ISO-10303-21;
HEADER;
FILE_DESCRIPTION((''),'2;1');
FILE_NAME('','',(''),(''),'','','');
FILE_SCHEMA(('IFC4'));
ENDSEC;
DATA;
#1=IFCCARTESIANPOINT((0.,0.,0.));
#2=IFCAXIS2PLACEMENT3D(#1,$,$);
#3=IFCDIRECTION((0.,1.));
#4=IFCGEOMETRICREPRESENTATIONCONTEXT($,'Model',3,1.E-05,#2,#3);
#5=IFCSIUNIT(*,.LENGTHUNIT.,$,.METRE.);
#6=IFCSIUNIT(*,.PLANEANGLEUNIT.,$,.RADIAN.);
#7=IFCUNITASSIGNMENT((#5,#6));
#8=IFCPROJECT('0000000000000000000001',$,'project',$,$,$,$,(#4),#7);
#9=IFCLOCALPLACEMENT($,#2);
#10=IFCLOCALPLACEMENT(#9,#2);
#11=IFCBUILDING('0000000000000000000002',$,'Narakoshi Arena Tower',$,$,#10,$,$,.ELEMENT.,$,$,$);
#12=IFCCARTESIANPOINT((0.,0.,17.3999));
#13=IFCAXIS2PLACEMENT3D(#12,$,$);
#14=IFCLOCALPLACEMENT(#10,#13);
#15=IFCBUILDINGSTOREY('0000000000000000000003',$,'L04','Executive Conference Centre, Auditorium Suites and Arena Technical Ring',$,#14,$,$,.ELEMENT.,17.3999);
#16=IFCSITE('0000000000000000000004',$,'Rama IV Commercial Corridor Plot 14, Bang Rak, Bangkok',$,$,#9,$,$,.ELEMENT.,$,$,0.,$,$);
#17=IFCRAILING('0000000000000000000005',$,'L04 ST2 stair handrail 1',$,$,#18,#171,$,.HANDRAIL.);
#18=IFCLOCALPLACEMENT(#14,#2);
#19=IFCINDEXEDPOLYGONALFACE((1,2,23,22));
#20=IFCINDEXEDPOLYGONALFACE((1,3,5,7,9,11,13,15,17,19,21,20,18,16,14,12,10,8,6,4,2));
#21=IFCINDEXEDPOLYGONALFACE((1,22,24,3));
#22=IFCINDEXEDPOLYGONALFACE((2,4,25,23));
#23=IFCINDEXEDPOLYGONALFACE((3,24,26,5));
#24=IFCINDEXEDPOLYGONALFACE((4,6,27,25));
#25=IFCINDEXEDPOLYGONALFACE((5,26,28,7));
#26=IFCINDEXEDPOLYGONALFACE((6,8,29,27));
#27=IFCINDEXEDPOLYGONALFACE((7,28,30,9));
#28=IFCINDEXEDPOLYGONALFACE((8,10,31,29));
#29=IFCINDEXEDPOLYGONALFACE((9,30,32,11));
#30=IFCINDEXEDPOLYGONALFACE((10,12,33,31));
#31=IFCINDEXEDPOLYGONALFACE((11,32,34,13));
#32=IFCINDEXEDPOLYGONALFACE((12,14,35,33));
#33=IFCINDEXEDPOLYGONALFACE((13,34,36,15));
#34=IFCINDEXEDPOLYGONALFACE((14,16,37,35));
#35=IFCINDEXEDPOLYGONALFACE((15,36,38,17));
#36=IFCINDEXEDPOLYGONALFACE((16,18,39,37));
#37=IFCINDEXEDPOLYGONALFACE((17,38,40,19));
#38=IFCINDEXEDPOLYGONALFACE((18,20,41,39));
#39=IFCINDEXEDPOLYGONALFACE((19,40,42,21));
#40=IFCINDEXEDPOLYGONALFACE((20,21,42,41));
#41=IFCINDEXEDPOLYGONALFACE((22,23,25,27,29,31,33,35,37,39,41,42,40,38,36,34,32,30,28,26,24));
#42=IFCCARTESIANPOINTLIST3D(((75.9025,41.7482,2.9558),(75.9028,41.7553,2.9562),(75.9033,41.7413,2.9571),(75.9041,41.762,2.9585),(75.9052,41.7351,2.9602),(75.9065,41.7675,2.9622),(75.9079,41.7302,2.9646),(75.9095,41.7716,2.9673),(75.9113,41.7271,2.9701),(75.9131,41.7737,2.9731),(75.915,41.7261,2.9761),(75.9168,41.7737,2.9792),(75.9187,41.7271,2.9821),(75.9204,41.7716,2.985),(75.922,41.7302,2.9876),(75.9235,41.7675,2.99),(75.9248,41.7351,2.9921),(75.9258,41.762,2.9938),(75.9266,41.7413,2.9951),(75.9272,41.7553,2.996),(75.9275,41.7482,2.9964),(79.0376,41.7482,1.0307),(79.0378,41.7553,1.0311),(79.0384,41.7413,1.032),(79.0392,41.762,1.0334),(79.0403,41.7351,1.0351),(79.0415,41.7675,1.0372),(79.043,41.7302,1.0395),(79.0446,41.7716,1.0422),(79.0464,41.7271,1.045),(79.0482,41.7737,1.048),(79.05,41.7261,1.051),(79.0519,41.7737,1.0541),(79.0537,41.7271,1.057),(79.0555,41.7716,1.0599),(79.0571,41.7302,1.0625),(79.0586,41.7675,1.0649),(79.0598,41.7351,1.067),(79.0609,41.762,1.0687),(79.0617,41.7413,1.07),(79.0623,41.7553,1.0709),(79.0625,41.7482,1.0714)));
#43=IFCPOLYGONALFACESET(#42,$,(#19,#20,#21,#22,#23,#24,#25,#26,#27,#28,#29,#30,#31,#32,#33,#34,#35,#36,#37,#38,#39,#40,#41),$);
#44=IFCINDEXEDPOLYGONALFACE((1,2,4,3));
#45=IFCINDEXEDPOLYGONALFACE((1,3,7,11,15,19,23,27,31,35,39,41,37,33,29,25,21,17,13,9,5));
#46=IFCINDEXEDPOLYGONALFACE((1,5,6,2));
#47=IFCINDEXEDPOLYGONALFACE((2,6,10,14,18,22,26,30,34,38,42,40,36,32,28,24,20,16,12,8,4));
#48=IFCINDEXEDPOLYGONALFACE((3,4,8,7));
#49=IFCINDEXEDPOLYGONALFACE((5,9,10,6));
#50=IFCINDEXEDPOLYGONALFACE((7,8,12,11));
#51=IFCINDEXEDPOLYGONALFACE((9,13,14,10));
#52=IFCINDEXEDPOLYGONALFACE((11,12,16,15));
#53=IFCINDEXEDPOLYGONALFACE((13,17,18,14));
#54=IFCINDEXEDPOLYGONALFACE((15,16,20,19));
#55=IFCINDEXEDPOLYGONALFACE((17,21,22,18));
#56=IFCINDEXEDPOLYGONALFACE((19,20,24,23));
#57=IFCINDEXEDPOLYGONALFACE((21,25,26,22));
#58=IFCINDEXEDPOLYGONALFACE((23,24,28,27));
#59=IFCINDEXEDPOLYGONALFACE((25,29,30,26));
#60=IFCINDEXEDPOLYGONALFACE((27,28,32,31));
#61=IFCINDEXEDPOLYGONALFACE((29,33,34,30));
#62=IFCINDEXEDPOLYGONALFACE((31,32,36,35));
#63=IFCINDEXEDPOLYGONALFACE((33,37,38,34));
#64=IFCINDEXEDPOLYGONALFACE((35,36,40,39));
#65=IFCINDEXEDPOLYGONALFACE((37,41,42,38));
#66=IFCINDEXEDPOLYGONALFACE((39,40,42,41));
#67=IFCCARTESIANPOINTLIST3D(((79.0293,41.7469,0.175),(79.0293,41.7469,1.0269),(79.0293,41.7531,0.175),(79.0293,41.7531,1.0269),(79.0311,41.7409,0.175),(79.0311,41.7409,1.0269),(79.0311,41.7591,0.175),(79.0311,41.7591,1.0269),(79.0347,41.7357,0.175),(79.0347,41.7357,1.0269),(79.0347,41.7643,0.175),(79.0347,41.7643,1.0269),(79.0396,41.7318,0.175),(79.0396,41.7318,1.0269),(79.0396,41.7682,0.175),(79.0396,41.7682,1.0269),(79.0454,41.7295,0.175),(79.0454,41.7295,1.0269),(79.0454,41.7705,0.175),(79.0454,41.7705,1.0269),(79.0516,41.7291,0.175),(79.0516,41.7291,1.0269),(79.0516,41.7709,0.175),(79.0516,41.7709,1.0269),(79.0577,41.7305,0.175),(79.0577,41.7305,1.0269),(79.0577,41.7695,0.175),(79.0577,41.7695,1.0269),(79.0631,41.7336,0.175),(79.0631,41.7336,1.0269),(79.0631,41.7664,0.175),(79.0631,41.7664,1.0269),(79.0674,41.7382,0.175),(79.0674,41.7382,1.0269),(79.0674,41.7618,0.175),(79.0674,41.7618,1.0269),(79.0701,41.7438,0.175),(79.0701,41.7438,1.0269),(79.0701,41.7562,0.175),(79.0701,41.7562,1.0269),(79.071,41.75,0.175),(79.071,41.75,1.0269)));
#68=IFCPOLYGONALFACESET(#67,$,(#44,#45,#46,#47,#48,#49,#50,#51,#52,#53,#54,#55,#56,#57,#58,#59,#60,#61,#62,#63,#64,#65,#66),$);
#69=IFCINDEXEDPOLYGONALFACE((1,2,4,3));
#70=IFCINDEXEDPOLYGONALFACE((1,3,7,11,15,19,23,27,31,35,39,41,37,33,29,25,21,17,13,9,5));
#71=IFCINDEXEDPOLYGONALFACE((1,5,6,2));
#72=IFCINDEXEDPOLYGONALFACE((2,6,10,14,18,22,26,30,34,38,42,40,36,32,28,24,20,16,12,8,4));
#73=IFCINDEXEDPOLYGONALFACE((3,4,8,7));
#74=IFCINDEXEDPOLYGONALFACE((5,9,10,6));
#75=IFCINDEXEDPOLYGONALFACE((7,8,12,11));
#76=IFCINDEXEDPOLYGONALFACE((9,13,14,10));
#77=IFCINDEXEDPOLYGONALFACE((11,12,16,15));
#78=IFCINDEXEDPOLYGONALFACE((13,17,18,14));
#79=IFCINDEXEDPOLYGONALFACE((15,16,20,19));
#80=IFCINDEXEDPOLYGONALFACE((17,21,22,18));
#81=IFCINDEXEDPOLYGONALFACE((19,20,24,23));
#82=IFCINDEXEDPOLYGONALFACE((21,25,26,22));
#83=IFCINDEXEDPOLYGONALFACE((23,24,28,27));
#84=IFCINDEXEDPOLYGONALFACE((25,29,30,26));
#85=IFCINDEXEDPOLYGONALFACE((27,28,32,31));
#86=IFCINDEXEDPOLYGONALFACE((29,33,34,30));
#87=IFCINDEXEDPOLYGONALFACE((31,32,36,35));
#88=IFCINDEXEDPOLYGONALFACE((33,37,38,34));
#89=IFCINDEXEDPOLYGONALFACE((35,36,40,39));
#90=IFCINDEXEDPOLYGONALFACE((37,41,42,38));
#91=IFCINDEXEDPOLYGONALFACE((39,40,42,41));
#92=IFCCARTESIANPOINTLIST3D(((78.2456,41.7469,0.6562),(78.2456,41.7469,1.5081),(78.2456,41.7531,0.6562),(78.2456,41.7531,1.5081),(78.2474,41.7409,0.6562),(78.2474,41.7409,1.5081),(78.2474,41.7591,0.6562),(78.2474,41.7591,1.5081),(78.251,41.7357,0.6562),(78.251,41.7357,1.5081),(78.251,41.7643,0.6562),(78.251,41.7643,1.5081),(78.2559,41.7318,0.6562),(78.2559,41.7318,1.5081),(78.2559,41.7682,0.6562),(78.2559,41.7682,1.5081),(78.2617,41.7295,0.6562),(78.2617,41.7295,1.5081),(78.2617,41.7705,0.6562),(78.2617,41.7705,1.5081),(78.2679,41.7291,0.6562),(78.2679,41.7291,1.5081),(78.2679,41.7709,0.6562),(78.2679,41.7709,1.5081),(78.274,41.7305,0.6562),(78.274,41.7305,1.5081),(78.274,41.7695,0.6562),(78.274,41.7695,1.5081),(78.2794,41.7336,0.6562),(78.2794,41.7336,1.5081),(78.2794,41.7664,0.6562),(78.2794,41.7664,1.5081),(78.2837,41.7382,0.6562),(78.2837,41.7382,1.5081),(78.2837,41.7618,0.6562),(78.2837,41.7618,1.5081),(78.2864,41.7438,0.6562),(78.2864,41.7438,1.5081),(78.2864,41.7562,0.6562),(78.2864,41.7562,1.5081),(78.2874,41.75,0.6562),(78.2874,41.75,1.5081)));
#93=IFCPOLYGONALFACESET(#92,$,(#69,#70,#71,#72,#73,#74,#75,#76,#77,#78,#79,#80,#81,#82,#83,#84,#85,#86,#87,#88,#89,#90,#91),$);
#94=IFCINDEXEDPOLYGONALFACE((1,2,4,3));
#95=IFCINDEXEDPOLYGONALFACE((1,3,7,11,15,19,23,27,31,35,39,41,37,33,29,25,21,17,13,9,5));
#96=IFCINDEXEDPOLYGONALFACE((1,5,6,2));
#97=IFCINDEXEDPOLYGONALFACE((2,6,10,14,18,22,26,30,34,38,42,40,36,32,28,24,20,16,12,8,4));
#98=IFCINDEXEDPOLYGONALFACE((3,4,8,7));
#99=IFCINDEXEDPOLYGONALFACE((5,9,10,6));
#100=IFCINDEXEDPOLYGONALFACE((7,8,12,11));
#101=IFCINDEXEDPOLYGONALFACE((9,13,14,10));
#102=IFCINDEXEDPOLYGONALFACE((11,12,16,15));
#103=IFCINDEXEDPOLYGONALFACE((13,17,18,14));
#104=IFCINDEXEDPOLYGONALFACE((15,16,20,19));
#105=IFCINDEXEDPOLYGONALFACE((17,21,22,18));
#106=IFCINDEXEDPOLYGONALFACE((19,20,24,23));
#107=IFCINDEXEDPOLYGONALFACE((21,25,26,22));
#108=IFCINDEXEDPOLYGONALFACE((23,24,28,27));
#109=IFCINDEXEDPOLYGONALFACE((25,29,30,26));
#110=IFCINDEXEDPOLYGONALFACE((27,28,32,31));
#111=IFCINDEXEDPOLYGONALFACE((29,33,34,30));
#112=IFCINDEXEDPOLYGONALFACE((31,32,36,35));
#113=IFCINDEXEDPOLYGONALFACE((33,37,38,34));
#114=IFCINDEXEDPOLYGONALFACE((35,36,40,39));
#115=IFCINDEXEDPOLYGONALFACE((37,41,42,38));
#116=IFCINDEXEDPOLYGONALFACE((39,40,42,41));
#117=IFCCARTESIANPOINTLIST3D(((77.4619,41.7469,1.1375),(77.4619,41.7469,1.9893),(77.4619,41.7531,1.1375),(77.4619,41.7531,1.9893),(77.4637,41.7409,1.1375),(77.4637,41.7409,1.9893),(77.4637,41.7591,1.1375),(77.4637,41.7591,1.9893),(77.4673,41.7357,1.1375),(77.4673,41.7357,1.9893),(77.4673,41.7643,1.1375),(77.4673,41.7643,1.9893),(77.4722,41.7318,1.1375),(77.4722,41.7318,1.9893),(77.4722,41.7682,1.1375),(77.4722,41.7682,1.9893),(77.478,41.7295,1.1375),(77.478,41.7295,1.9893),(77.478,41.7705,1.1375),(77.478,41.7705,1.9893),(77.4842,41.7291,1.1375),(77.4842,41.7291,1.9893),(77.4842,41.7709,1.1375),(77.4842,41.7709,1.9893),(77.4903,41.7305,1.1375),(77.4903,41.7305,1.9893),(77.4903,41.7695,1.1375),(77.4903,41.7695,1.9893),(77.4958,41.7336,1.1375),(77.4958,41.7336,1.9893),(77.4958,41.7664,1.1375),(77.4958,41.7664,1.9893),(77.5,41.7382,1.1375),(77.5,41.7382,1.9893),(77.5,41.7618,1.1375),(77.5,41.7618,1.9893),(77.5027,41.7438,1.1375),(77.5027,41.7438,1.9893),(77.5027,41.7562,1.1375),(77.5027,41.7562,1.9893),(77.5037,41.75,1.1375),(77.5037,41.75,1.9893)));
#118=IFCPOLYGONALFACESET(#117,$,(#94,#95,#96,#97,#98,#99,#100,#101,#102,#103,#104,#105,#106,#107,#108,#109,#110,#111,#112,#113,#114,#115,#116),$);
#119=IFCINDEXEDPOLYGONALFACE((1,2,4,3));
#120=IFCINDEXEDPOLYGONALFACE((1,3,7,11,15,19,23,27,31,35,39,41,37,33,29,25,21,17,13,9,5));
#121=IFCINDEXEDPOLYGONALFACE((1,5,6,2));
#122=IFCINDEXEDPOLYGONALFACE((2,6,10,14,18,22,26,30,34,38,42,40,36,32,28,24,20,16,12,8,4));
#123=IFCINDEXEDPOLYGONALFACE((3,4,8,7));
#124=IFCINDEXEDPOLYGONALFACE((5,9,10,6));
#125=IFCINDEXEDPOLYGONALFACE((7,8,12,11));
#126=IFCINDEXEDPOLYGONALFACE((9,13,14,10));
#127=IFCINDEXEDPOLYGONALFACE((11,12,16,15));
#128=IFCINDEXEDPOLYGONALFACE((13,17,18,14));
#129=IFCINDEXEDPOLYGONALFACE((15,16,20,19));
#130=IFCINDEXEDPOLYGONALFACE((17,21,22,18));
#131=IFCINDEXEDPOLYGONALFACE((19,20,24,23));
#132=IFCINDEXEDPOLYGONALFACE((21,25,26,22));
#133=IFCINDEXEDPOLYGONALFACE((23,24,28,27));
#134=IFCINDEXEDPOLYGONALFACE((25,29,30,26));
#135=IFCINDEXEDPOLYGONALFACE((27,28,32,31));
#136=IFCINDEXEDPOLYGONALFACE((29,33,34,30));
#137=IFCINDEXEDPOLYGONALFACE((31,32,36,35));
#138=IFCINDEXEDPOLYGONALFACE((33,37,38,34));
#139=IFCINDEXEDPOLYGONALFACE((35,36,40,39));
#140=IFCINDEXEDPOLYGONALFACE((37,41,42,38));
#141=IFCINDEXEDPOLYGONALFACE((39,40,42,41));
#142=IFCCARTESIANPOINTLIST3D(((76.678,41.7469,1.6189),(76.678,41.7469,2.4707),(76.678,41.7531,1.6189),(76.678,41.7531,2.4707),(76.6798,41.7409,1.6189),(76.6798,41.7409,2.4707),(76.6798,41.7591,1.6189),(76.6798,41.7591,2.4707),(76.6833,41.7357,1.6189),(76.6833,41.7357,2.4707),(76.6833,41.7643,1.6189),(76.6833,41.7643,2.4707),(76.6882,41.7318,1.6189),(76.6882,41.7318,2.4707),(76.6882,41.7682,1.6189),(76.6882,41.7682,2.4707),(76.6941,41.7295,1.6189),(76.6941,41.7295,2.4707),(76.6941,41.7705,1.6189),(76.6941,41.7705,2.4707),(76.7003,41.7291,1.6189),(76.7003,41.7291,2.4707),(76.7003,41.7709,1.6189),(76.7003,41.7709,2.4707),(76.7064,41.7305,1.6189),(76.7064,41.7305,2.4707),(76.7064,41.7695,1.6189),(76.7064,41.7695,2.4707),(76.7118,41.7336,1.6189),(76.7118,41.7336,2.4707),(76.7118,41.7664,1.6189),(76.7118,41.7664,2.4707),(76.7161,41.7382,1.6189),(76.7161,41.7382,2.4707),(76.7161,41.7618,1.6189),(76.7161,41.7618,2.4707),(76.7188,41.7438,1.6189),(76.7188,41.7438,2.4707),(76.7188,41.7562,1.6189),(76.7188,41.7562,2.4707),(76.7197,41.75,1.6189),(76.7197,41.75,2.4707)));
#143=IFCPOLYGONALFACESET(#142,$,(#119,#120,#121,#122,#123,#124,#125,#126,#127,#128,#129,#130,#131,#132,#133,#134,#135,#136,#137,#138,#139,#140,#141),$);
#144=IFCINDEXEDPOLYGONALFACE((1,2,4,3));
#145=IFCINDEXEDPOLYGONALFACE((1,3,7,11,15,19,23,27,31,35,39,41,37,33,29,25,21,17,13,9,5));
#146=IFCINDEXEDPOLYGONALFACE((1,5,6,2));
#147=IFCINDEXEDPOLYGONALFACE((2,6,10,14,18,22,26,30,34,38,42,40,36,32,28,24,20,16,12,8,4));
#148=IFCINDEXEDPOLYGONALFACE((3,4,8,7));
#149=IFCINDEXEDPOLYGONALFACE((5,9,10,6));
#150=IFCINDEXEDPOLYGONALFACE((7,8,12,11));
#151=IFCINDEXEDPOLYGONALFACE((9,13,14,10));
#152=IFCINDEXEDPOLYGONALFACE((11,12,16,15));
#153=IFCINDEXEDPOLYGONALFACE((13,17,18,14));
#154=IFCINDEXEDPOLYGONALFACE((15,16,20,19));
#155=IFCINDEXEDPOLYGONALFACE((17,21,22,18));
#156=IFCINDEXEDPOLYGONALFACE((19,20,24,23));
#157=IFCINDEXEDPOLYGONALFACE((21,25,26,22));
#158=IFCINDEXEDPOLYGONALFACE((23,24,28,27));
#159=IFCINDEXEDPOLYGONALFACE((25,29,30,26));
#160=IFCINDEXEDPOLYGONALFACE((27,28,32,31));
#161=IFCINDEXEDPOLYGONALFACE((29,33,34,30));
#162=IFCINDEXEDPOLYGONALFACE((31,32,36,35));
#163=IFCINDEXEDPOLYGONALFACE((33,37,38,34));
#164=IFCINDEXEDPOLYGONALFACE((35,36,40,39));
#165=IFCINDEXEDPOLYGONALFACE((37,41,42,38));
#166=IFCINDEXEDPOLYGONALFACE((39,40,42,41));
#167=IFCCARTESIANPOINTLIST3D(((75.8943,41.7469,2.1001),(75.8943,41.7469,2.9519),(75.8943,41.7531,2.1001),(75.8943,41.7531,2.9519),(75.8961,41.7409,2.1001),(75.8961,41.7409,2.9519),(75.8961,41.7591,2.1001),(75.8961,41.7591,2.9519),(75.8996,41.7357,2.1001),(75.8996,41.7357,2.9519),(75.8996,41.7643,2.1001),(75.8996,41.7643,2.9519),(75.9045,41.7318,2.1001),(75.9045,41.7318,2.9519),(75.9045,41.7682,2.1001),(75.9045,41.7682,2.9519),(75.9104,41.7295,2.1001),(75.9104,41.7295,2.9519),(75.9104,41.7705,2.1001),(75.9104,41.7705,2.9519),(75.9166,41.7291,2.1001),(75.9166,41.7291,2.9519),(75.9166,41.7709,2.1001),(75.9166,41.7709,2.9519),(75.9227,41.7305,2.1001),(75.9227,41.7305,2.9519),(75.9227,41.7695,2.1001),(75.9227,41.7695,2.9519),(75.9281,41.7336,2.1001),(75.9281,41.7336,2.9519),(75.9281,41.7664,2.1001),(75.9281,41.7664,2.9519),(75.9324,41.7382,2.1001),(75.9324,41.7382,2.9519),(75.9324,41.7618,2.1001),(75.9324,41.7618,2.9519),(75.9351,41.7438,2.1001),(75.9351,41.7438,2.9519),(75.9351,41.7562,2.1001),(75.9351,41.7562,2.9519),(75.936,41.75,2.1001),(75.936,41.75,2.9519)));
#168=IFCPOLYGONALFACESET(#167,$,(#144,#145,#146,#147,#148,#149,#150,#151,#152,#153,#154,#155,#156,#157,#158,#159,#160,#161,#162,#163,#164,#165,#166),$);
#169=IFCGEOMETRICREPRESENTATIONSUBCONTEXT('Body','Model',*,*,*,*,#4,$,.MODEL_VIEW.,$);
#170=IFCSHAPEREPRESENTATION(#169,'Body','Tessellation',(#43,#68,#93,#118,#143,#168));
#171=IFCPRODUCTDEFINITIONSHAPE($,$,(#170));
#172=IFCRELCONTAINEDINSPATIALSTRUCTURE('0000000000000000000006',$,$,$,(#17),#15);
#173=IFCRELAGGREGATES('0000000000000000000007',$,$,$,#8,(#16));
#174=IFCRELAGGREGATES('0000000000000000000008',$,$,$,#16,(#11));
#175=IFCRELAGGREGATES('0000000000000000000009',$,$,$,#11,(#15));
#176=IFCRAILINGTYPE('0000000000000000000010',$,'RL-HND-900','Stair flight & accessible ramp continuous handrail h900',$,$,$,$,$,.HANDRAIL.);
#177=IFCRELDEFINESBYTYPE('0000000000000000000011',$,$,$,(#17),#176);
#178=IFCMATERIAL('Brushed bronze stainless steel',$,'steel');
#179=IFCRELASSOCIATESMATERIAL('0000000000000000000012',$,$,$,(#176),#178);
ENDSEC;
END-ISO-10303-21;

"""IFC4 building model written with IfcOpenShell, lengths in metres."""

from ifc_helpers import new_model, si_unit, direction, frame, origin, origin_2d, place, context, subcontext, project, spatial, circle, extrude, material, type_object, element, save


model = new_model("IFC4")

# Units and contexts
model_context = context("Model", 3, precision=1e-05, world=origin(), true_north=direction((0.0, 1.0)))
body_context = subcontext(model_context, "Body", "Model", "MODEL_VIEW")
ifc_project = project(units=[si_unit("LENGTHUNIT", "METRE"), si_unit("PLANEANGLEUNIT", "RADIAN")], contexts=[model_context])

# Site, building, storey
site_placement = place(None, origin())
site = spatial("IfcSite", under=ifc_project, at=site_placement, Name="Rama IV Commercial Corridor Plot 14, Bang Rak, Bangkok", CompositionType="ELEMENT", RefElevation=0.0)
building_placement = place(site_placement, origin())
building = spatial("IfcBuilding", under=site, at=building_placement, Name="Narakoshi Arena Tower", CompositionType="ELEMENT")
storey_placement = place(building_placement, frame((0.0, 0.0, 17.3999)))
storey = spatial("IfcBuildingStorey", under=building, at=storey_placement, Name="L04", Description="Executive Conference Centre, Auditorium Suites and Arena Technical Ring", CompositionType="ELEMENT", Elevation=17.3999)

# Shared definitions
ifc_material_1 = material(Name="Brushed bronze stainless steel", Category="steel")

# Railing
railing_type_1 = type_object("IfcRailingType", Name="RL-HND-900", Description="Stair flight & accessible ramp continuous handrail h900", PredefinedType="HANDRAIL", material=ifc_material_1)
for number, where, name in (
    (1, (79.05, 41.75, 0.175), "L04 ST2 stair handrail 1"),
):
    element("IfcRailing", number, at=place(storey_placement, frame(where)), inside=storey, type_object=railing_type_1, Name=name, PredefinedType="HANDRAIL", context=body_context, shape_type="SweptSolid", body=[
        extrude(circle(Radius=0.0239, at=origin_2d()), frame((0.0, 0.0, 0.876), z_axis=(-0.852166, 0.0, 0.523271), x_axis=(0.0, -1.0, 0.0)), (0.0, 0.0, 1.0), 3.679),
        extrude(circle(Radius=0.021, at=origin_2d()), origin(), (0.0, 0.0, 1.0), 0.8518),
        extrude(circle(Radius=0.021, at=origin_2d()), frame((-0.7837, 0.0, 0.4812)), (0.0, 0.0, 1.0), 0.8518),
        extrude(circle(Radius=0.021, at=origin_2d()), frame((-1.5674, 0.0, 0.9624)), (0.0, 0.0, 1.0), 0.8518),
        extrude(circle(Radius=0.021, at=origin_2d()), frame((-2.3513, 0.0, 1.4438)), (0.0, 0.0, 1.0), 0.8518),
        extrude(circle(Radius=0.021, at=origin_2d()), frame((-3.135, 0.0, 1.925)), (0.0, 0.0, 1.0), 0.8518),
    ])

save(model, "model.ifc")
